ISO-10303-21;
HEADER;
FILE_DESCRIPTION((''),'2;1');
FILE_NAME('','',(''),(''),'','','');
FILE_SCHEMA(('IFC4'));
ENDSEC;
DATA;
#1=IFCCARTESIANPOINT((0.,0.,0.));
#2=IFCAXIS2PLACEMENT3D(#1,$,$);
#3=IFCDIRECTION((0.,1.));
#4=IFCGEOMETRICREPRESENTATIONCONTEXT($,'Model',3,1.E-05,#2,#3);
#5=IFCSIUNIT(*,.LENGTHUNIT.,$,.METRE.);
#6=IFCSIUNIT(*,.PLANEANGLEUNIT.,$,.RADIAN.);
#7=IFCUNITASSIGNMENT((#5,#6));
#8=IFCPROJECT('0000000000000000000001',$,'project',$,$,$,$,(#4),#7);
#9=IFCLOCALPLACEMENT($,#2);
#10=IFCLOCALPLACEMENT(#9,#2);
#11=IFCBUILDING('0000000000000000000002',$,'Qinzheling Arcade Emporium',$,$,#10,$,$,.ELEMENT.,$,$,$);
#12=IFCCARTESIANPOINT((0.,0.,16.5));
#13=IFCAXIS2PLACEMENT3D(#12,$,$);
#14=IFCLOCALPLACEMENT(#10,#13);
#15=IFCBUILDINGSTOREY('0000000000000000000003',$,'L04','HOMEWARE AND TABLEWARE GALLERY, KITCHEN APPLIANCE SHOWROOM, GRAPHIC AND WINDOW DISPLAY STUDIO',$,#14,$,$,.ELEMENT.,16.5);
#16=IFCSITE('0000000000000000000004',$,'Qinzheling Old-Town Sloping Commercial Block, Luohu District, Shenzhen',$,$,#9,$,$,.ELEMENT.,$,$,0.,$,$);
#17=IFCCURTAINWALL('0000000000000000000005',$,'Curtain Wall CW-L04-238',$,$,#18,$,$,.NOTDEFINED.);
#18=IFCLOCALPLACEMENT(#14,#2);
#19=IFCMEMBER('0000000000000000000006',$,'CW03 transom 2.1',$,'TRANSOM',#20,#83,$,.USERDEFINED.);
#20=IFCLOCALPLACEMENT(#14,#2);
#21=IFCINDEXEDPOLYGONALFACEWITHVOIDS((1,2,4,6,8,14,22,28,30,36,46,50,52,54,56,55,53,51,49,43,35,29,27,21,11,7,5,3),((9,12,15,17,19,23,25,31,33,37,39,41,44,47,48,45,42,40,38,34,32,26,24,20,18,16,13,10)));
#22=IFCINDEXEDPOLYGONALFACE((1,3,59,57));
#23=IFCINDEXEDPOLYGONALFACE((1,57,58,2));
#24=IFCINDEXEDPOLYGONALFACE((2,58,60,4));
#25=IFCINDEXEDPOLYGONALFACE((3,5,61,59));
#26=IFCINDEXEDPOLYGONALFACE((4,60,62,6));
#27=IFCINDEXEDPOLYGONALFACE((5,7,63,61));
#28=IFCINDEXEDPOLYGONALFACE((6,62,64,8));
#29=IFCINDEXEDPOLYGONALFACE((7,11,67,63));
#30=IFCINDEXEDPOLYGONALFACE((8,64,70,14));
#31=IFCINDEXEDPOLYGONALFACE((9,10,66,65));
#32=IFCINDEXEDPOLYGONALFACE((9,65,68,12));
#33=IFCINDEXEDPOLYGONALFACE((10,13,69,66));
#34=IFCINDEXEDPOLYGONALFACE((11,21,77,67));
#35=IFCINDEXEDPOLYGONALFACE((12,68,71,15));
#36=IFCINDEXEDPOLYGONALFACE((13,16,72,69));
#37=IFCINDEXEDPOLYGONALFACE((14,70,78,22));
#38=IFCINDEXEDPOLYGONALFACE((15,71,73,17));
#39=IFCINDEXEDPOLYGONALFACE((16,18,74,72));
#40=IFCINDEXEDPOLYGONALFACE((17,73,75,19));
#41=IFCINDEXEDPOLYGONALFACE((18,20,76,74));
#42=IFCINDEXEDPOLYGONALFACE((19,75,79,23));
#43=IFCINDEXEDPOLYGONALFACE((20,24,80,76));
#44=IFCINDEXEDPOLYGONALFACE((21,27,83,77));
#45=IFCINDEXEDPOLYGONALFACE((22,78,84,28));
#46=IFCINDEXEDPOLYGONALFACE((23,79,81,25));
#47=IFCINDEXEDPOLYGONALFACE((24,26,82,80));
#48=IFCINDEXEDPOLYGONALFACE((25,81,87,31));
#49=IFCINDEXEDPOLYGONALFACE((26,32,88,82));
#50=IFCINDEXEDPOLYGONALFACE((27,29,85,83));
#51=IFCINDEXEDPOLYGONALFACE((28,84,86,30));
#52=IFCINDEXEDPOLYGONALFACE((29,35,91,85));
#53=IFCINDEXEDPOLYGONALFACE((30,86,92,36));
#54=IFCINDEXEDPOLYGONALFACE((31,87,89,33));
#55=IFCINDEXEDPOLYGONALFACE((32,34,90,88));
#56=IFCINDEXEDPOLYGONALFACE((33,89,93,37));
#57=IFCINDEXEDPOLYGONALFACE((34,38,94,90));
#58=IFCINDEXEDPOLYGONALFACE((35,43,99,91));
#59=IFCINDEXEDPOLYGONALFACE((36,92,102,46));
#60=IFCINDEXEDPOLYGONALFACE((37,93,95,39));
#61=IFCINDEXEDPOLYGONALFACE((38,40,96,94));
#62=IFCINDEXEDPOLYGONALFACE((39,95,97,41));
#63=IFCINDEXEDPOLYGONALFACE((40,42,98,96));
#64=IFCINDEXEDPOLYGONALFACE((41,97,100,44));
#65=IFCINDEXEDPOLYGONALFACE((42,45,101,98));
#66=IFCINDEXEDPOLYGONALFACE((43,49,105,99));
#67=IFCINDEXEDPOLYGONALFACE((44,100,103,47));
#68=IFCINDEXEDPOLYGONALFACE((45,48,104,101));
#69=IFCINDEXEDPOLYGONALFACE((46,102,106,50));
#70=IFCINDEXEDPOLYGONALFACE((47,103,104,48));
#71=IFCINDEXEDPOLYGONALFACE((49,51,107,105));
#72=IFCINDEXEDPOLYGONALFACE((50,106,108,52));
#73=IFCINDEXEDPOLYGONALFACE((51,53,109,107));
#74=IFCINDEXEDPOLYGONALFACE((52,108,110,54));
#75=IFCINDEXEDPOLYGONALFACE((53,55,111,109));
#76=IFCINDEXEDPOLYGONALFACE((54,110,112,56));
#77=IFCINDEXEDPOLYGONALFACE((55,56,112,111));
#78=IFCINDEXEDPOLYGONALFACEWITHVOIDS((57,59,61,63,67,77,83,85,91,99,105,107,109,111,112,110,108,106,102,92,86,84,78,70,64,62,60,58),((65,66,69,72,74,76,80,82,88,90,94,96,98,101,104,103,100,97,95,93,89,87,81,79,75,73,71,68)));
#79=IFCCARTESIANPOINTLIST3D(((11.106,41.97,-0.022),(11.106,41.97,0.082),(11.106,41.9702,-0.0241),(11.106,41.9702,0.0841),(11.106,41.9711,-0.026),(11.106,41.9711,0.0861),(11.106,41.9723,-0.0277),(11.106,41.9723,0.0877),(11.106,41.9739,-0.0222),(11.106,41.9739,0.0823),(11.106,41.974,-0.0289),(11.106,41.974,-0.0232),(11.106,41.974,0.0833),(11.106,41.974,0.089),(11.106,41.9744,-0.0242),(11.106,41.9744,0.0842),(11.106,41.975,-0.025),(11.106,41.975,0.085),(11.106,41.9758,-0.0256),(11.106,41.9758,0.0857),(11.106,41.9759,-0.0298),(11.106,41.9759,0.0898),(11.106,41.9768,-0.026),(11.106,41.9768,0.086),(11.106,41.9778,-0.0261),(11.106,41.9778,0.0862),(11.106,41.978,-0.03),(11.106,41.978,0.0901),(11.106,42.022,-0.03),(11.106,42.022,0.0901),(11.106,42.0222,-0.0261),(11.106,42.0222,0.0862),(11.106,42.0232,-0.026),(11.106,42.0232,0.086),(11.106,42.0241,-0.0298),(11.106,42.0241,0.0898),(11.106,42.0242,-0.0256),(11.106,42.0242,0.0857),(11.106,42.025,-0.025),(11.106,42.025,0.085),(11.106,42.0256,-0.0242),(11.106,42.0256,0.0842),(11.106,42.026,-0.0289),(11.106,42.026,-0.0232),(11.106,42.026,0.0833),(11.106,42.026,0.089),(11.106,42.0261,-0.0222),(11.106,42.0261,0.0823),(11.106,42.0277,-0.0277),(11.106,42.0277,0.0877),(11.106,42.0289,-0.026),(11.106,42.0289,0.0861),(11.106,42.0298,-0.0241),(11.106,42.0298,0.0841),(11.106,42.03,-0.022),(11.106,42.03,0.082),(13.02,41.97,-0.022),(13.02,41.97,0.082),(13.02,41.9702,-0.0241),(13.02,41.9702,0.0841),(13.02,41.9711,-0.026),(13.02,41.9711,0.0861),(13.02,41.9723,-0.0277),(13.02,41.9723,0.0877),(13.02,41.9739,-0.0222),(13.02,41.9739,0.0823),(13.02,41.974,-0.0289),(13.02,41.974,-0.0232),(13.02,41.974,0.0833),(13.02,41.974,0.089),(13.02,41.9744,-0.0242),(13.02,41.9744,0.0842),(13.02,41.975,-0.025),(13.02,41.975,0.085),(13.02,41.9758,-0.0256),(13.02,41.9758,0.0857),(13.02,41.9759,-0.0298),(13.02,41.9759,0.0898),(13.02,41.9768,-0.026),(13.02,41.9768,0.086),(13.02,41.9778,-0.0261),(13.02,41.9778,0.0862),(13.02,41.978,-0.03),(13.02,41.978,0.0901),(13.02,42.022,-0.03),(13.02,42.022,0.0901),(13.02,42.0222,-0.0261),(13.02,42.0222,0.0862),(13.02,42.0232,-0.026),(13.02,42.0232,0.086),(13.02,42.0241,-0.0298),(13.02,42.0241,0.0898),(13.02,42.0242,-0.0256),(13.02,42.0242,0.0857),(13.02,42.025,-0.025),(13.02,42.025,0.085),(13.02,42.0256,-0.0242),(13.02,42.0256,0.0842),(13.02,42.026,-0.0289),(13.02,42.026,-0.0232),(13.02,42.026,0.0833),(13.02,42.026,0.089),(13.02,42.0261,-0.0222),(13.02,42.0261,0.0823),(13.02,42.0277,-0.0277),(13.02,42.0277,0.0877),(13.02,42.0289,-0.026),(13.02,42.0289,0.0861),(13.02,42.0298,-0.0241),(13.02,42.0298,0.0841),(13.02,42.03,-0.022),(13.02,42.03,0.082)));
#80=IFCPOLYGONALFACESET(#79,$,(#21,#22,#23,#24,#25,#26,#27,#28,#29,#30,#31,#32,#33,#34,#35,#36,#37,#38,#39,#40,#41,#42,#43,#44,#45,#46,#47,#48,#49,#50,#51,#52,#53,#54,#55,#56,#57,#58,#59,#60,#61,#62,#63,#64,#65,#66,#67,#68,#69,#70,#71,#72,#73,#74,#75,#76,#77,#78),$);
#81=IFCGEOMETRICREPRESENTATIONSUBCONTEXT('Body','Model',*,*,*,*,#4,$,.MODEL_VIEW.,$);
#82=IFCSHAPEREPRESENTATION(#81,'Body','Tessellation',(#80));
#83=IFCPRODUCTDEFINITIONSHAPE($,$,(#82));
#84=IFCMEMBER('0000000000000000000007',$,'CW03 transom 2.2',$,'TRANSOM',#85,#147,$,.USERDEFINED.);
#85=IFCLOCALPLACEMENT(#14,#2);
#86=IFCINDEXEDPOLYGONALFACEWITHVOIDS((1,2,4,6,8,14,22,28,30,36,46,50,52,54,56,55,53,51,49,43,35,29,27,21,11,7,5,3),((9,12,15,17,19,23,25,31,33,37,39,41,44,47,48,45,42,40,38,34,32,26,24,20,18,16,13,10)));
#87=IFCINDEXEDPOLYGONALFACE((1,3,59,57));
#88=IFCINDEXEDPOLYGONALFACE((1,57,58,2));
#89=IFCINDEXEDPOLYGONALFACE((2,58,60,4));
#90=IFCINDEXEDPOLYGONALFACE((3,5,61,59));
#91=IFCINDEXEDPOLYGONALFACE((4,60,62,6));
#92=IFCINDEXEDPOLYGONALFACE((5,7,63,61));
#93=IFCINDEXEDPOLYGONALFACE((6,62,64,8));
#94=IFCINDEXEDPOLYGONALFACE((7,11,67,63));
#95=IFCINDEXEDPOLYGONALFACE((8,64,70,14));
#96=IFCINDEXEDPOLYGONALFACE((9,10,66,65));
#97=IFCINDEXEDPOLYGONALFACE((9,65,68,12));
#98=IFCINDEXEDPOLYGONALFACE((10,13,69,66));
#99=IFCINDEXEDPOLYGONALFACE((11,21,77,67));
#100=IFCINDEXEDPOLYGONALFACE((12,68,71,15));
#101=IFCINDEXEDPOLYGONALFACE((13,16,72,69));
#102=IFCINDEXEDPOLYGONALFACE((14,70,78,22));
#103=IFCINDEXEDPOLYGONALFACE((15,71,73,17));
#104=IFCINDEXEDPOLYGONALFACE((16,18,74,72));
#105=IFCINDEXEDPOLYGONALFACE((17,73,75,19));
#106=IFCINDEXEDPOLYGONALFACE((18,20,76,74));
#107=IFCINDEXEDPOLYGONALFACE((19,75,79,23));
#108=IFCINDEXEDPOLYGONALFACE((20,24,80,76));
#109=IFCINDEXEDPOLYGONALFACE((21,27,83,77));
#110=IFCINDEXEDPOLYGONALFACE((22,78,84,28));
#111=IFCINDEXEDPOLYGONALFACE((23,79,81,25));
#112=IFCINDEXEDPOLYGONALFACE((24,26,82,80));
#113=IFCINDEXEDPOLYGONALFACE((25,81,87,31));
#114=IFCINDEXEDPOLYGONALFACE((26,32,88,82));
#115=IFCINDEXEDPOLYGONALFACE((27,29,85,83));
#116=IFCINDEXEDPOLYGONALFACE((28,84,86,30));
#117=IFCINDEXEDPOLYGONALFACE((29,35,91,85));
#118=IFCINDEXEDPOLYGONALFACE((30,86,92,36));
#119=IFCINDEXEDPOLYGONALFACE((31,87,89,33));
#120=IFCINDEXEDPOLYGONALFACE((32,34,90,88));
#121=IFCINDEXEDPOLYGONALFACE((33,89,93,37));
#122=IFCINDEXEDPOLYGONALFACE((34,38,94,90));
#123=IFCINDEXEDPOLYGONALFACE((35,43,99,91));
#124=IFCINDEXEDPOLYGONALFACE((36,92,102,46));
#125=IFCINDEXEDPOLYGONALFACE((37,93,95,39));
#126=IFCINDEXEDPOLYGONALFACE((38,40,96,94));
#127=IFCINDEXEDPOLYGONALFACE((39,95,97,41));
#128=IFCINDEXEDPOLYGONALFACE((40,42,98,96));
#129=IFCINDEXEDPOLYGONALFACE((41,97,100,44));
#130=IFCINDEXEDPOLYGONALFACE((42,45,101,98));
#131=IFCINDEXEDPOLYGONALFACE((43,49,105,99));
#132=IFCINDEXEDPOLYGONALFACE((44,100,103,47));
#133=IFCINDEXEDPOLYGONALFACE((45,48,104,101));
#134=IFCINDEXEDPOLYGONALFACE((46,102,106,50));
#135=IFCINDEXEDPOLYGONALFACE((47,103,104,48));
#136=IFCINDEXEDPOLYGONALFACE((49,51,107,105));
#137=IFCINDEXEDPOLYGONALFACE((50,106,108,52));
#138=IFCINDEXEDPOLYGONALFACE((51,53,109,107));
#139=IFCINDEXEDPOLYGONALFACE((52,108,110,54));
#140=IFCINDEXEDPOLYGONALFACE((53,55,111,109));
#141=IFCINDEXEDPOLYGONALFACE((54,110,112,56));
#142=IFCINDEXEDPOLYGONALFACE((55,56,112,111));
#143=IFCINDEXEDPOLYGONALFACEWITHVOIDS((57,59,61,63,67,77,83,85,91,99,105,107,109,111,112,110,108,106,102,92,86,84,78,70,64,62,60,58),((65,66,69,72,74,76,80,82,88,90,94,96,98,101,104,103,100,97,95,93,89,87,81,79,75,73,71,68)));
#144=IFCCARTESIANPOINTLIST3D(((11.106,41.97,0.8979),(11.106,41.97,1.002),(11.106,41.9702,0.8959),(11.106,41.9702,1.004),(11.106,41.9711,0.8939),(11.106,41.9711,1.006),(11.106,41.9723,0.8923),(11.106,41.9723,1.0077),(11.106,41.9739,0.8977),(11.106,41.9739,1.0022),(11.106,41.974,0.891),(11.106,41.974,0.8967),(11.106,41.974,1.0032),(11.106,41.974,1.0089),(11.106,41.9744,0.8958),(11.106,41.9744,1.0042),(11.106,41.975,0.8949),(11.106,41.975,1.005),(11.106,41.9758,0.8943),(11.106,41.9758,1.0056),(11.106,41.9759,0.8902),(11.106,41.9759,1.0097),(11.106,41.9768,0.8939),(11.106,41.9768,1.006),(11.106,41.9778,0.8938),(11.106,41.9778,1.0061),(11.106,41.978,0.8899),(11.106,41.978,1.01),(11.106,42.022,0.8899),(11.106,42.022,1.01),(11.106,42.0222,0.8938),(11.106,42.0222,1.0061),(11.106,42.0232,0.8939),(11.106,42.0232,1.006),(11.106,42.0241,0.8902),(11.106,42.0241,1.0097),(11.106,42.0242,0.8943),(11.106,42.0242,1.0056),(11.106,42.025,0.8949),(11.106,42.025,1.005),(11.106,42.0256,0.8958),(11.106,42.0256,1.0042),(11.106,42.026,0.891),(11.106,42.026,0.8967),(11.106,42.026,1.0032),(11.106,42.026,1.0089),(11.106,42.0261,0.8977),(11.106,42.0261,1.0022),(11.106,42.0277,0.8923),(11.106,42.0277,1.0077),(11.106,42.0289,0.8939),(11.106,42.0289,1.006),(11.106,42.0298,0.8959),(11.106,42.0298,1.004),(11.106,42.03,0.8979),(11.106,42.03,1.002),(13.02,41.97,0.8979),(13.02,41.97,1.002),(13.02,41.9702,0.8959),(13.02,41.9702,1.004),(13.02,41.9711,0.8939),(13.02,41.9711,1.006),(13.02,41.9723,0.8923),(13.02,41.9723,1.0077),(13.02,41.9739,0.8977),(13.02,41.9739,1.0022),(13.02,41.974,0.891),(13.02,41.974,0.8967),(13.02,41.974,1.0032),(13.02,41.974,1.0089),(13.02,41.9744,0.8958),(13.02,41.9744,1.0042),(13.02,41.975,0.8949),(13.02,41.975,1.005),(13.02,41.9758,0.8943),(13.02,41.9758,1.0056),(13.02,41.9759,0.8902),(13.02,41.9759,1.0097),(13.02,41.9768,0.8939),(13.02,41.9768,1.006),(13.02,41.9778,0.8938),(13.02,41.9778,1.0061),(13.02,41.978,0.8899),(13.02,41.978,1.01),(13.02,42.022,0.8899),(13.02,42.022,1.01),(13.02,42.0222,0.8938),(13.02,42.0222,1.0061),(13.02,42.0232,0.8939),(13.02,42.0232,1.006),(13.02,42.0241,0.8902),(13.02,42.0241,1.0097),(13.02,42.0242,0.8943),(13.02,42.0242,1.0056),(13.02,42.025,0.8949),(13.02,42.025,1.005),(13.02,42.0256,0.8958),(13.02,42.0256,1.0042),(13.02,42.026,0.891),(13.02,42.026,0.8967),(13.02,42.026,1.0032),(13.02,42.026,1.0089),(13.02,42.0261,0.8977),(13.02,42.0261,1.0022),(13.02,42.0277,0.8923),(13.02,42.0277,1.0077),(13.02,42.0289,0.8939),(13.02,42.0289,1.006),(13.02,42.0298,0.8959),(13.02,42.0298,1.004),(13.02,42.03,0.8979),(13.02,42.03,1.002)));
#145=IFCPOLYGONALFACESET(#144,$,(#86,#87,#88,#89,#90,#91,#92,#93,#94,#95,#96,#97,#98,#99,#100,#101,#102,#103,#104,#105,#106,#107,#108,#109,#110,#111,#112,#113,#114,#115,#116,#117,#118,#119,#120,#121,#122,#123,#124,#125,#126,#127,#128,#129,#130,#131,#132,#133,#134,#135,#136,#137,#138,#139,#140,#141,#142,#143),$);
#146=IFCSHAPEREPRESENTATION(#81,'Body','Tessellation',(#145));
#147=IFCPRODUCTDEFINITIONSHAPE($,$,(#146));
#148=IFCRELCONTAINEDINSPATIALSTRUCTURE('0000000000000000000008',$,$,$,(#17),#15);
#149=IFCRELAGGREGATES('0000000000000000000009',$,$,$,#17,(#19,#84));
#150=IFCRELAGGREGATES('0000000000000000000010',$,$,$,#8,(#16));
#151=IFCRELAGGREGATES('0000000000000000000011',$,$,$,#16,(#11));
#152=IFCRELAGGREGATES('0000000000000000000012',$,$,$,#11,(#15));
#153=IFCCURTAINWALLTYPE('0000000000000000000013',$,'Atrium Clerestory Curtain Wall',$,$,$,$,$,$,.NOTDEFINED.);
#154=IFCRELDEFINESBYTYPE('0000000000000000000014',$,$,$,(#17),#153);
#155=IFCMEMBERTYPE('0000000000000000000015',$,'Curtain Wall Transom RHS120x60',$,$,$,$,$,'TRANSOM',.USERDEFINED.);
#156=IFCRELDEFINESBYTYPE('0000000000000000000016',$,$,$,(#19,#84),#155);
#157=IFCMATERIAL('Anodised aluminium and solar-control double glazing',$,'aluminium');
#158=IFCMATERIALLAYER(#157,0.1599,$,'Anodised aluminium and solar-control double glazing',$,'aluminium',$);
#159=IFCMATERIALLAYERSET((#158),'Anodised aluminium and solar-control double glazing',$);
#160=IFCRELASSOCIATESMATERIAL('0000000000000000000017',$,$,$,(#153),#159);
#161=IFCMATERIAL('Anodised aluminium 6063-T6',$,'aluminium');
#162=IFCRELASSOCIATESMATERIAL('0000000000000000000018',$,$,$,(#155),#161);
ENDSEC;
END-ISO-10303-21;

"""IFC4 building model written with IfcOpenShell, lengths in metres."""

from ifc_helpers import new_model, si_unit, direction, frame, origin, origin_2d, place, context, subcontext, project, spatial, hollow_rectangle, extrude, material, layer, layer_set, material_profile, profile_set, type_object, element, aggregate, save


model = new_model("IFC4")

# Units and contexts
model_context = context("Model", 3, precision=1e-05, world=origin(), true_north=direction((0.0, 1.0)))
body_context = subcontext(model_context, "Body", "Model", "MODEL_VIEW")
ifc_project = project(units=[si_unit("LENGTHUNIT", "METRE"), si_unit("PLANEANGLEUNIT", "RADIAN")], contexts=[model_context])

# Site, building, storey
site_placement = place(None, origin())
site = spatial("IfcSite", under=ifc_project, at=site_placement, Name="Qinzheling Old-Town Sloping Commercial Block, Luohu District, Shenzhen", CompositionType="ELEMENT", RefElevation=0.0)
building_placement = place(site_placement, origin())
building = spatial("IfcBuilding", under=site, at=building_placement, Name="Qinzheling Arcade Emporium", CompositionType="ELEMENT")
storey_placement = place(building_placement, frame((0.0, 0.0, 16.5)))
storey = spatial("IfcBuildingStorey", under=building, at=storey_placement, Name="L04", Description="HOMEWARE AND TABLEWARE GALLERY, KITCHEN APPLIANCE SHOWROOM, GRAPHIC AND WINDOW DISPLAY STUDIO", CompositionType="ELEMENT", Elevation=16.5)

# Curtain wall, members
ifc_material_1 = material(Name="Anodised aluminium and solar-control double glazing", Category="aluminium")
ifc_layer_1 = layer(ifc_material_1, 0.1599, Name="Anodised aluminium and solar-control double glazing", Category="aluminium")
ifc_layer_set_1 = layer_set([ifc_layer_1], Name="Anodised aluminium and solar-control double glazing")
curtain_wall_type = type_object("IfcCurtainWallType", Name="Atrium Clerestory Curtain Wall", PredefinedType="NOTDEFINED", material=ifc_layer_set_1)
curtain_wall_placement = place(storey_placement, origin())
curtain_wall = element("IfcCurtainWall", 1, at=curtain_wall_placement, inside=storey, type_object=curtain_wall_type, Name="Curtain Wall CW-L04-238", PredefinedType="NOTDEFINED")
ifc_material_2 = material(Name="Anodised aluminium 6063-T6", Category="aluminium")
ifc_material_profile_1 = material_profile(ifc_material_2, hollow_rectangle(XDim=0.0601, YDim=0.1201, WallThickness=0.0039, InnerFilletRadius=0.0039, OuterFilletRadius=0.0081, at=origin_2d()), Name="RHS 120x60x4", Category="aluminium")
ifc_profile_set_1 = profile_set([ifc_material_profile_1], Name="Anodised aluminium 6063-T6")
member_type_1 = type_object("IfcMemberType", Name="Curtain Wall Transom RHS120x60", ElementType="TRANSOM", PredefinedType="USERDEFINED", material=ifc_profile_set_1)
member_1_placement = place(storey_placement, frame((11.106, 42.0, 0.03), z_axis=(1.0, 0.0, 0.0), x_axis=(0.0, 1.0, 0.0)))
member_1 = element("IfcMember", 2, at=member_1_placement, type_object=member_type_1, Name="CW03 transom 2.1", ObjectType="TRANSOM", PredefinedType="USERDEFINED", context=body_context, shape_type="SweptSolid", body=[
    extrude(hollow_rectangle(XDim=0.0601, YDim=0.1201, WallThickness=0.0039, InnerFilletRadius=0.0039, OuterFilletRadius=0.0081, at=origin_2d()), origin(), (0.0, 0.0, 1.0), 1.9141),
])
member_2_placement = place(storey_placement, frame((11.106, 42.0, 0.95), z_axis=(1.0, 0.0, 0.0), x_axis=(0.0, 1.0, 0.0)))
member_2 = element("IfcMember", 3, at=member_2_placement, type_object=member_type_1, Name="CW03 transom 2.2", ObjectType="TRANSOM", PredefinedType="USERDEFINED", context=body_context, shape_type="SweptSolid", body=[
    extrude(hollow_rectangle(XDim=0.0601, YDim=0.1201, WallThickness=0.0039, InnerFilletRadius=0.0039, OuterFilletRadius=0.0081, at=origin_2d()), origin(), (0.0, 0.0, 1.0), 1.9141),
])
aggregate(curtain_wall, [member_1, member_2])

save(model, "model.ifc")
